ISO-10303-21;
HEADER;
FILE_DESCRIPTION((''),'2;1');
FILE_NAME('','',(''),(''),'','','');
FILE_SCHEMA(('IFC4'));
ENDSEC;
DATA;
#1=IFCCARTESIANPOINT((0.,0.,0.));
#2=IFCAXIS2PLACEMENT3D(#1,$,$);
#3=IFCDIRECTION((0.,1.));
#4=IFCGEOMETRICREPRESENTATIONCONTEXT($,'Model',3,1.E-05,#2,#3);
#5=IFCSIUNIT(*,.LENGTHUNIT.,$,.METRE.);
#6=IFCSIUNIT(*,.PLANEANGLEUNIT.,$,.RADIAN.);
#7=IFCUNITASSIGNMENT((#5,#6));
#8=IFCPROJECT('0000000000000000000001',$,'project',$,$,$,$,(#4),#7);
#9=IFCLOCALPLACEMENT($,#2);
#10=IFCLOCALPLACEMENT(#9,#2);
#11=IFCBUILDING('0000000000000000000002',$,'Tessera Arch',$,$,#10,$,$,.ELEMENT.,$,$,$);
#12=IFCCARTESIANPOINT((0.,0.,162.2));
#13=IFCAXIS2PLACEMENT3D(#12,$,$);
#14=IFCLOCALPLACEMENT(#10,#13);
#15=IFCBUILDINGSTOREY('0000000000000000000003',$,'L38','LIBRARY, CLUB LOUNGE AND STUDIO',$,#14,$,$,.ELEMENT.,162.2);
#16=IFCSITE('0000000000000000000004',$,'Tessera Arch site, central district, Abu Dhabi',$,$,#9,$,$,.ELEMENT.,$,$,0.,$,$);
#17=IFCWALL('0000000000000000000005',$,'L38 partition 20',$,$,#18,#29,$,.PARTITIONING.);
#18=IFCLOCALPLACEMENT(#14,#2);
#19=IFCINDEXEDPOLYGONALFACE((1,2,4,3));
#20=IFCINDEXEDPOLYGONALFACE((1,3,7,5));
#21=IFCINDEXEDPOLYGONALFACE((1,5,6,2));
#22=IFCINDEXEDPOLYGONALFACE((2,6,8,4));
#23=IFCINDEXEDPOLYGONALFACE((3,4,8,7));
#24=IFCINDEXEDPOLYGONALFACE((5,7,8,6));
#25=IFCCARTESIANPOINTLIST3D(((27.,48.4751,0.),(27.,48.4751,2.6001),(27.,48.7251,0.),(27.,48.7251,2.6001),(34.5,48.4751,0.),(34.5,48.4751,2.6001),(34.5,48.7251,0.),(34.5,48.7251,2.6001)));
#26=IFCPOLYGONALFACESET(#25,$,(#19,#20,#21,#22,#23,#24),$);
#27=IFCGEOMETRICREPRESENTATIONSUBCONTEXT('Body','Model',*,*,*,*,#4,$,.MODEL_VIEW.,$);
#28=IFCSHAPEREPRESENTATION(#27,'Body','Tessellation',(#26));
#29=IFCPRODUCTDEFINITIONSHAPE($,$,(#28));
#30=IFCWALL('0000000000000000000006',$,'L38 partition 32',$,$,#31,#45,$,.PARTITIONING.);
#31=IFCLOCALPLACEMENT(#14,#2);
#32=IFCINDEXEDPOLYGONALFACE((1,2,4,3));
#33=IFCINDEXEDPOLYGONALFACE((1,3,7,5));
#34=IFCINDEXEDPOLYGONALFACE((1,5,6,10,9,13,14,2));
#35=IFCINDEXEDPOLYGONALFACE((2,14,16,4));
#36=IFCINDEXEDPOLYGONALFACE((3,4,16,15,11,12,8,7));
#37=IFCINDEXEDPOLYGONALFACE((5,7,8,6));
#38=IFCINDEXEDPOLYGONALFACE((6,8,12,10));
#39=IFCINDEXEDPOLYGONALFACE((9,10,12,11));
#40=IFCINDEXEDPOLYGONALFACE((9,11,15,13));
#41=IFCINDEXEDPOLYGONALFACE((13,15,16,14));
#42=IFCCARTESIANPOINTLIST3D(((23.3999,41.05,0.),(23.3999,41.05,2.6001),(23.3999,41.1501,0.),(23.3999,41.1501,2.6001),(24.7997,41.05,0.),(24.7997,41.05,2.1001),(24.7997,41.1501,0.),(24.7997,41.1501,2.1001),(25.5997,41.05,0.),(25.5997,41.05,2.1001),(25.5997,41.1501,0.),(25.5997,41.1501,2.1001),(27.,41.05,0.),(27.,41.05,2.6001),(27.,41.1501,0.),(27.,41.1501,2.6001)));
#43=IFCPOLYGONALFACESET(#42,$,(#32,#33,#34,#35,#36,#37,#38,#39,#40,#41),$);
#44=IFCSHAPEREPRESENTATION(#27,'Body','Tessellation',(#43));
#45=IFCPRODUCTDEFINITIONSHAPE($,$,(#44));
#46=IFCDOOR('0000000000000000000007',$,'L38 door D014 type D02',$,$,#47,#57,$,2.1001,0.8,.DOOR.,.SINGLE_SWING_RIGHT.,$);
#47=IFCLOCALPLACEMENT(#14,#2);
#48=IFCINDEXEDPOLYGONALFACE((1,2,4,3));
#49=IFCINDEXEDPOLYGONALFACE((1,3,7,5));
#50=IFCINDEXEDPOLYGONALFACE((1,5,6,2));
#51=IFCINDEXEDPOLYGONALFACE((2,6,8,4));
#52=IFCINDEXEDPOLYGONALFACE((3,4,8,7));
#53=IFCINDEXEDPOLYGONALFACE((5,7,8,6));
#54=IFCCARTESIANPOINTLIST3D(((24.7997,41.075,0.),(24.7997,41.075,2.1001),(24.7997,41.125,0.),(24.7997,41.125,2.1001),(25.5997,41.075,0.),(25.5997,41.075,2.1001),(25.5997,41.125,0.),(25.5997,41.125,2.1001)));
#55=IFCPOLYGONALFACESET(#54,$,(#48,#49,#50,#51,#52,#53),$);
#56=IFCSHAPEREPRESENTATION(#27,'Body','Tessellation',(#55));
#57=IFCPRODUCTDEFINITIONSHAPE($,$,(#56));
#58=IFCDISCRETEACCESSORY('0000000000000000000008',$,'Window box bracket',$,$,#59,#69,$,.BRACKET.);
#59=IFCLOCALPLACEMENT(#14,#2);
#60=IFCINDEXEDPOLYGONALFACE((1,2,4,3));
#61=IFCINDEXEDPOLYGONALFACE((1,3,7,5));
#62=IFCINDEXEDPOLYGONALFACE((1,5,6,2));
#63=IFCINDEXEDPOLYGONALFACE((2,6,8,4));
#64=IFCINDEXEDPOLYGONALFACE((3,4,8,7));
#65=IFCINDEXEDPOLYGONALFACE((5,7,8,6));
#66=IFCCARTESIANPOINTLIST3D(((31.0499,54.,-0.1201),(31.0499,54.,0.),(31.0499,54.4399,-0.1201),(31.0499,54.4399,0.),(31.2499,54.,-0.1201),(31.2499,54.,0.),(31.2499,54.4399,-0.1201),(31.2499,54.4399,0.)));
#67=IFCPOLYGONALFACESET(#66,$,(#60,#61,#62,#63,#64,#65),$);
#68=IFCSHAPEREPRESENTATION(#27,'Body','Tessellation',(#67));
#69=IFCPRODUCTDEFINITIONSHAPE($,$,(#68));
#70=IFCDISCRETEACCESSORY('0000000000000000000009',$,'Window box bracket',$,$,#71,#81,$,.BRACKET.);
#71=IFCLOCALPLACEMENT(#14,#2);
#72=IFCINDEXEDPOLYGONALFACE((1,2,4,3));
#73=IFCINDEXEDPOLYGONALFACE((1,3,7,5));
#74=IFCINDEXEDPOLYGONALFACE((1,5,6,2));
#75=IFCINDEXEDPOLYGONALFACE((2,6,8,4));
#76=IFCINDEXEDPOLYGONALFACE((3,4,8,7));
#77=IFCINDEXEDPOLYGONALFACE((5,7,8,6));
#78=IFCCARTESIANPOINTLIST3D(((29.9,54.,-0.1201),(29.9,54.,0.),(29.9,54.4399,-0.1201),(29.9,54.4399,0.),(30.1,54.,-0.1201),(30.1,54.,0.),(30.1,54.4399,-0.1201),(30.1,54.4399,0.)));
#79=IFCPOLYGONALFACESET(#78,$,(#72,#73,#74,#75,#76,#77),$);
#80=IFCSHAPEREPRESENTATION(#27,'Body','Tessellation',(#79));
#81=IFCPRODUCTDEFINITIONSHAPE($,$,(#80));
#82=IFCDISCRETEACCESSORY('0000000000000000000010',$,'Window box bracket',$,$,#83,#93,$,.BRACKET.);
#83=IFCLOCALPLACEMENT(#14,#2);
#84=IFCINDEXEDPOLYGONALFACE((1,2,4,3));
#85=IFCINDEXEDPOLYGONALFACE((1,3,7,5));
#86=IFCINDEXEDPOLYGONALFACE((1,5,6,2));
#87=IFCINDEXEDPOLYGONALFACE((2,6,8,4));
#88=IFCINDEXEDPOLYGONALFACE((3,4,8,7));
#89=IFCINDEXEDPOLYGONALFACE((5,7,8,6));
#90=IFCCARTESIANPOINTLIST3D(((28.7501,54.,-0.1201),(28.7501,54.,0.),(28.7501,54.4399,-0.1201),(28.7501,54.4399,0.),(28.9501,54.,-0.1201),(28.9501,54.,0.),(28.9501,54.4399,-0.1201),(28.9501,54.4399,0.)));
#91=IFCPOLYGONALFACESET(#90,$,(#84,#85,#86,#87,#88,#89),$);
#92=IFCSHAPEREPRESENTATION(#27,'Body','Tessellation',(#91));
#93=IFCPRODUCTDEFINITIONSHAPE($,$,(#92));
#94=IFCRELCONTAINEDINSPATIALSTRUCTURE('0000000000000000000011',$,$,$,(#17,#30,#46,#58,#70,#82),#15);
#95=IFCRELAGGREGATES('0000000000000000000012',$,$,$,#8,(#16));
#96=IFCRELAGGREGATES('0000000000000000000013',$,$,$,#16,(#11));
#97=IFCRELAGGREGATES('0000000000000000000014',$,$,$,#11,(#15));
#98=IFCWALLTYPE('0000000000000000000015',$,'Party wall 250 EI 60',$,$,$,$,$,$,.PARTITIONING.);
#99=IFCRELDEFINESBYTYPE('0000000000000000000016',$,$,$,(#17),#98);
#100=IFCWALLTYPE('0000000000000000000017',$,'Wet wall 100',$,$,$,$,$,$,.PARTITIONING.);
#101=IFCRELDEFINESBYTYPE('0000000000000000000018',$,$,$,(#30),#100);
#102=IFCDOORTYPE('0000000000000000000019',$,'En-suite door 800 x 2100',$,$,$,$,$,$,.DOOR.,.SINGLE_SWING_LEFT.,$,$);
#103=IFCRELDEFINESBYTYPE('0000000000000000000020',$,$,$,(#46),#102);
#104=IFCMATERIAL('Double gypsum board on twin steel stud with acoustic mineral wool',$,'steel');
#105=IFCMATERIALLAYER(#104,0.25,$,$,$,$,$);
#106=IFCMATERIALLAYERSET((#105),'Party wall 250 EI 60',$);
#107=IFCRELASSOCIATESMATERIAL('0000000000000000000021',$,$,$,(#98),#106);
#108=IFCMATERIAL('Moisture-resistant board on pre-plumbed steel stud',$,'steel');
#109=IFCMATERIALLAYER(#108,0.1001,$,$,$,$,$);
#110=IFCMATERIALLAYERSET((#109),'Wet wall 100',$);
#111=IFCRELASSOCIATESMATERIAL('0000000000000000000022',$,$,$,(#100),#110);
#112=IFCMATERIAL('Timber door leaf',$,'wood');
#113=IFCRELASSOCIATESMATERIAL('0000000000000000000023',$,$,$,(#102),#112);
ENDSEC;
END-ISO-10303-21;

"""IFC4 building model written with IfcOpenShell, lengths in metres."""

from ifc_helpers import new_model, si_unit, direction, frame, frame_2d, origin, origin_2d, place, context, subcontext, project, spatial, rectangle, extrude, material, layer, layer_set, type_object, element, fill, save


model = new_model("IFC4")

# Units and contexts
model_context = context("Model", 3, precision=1e-05, world=origin(), true_north=direction((0.0, 1.0)))
body_context = subcontext(model_context, "Body", "Model", "MODEL_VIEW")
ifc_project = project(units=[si_unit("LENGTHUNIT", "METRE"), si_unit("PLANEANGLEUNIT", "RADIAN")], contexts=[model_context])

# Site, building, storey
site_placement = place(None, origin())
site = spatial("IfcSite", under=ifc_project, at=site_placement, Name="Tessera Arch site, central district, Abu Dhabi", CompositionType="ELEMENT", RefElevation=0.0)
building_placement = place(site_placement, origin())
building = spatial("IfcBuilding", under=site, at=building_placement, Name="Tessera Arch", CompositionType="ELEMENT")
storey_placement = place(building_placement, frame((0.0, 0.0, 162.2)))
storey = spatial("IfcBuildingStorey", under=building, at=storey_placement, Name="L38", Description="LIBRARY, CLUB LOUNGE AND STUDIO", CompositionType="ELEMENT", Elevation=162.2)

# Wall
ifc_material_1 = material(Name="Double gypsum board on twin steel stud with acoustic mineral wool", Category="steel")
ifc_layer_1 = layer(ifc_material_1, 0.25)
ifc_layer_set_1 = layer_set([ifc_layer_1], Name="Party wall 250 EI 60")
wall_type_1 = type_object("IfcWallType", Name="Party wall 250 EI 60", PredefinedType="PARTITIONING", material=ifc_layer_set_1)
wall_1_placement = place(storey_placement, frame((27.0, 48.6001, 0.0), z_axis=(0.0, 0.0, 1.0), x_axis=(1.0, 0.0, 0.0)))
element("IfcWall", 1, at=wall_1_placement, inside=storey, type_object=wall_type_1, Name="L38 partition 20", PredefinedType="PARTITIONING", context=body_context, shape_type="SweptSolid", body=[
    extrude(rectangle(XDim=7.5, YDim=0.25, at=frame_2d((3.75, 0.0))), origin(), (0.0, 0.0, 1.0), 2.6001),
])

# Wall, opening, door
ifc_material_2 = material(Name="Moisture-resistant board on pre-plumbed steel stud", Category="steel")
ifc_layer_2 = layer(ifc_material_2, 0.1001)
ifc_layer_set_2 = layer_set([ifc_layer_2], Name="Wet wall 100")
wall_type_2 = type_object("IfcWallType", Name="Wet wall 100", PredefinedType="PARTITIONING", material=ifc_layer_set_2)
wall_2_placement = place(storey_placement, frame((23.3999, 41.1001, 0.0), z_axis=(0.0, 0.0, 1.0), x_axis=(1.0, 0.0, 0.0)))
wall_2 = element("IfcWall", 2, at=wall_2_placement, inside=storey, type_object=wall_type_2, Name="L38 partition 32", PredefinedType="PARTITIONING", context=body_context, shape_type="SweptSolid", body=[
    extrude(rectangle(XDim=3.6001, YDim=0.1001, at=frame_2d((1.8, 0.0))), origin(), (0.0, 0.0, 1.0), 2.6001),
])
opening_placement = place(wall_2_placement, frame((1.3999, 0.0, 0.0)))
opening = element("IfcOpeningElement", 3, at=opening_placement, cuts=wall_2, PredefinedType="OPENING", context=body_context, shape_type="SweptSolid", body=[
    extrude(rectangle(XDim=0.8, YDim=2.1001, at=frame_2d((0.3999, 1.05))), frame((0.0, 0.0601, 0.0), z_axis=(0.0, -1.0, 0.0), x_axis=(1.0, 0.0, 0.0)), (0.0, 0.0, 1.0), 0.1201),
])
ifc_material_3 = material(Name="Timber door leaf", Category="wood")
door_type = type_object("IfcDoorType", Name="En-suite door 800 x 2100", OperationType="SINGLE_SWING_LEFT", PredefinedType="DOOR", material=ifc_material_3)
door_placement = place(opening_placement, origin())
door = element("IfcDoor", 4, at=door_placement, inside=storey, type_object=door_type, Name="L38 door D014 type D02", OperationType="SINGLE_SWING_RIGHT", OverallHeight=2.1001, OverallWidth=0.8, PredefinedType="DOOR", context=body_context, shape_type="SweptSolid", body=[
    extrude(rectangle(XDim=0.8, YDim=2.1001, at=frame_2d((0.3999, 1.05))), frame((0.0, 0.0249, 0.0), z_axis=(0.0, -1.0, 0.0), x_axis=(1.0, 0.0, 0.0)), (0.0, 0.0, 1.0), 0.05),
])
fill(opening, door)

# Discrete accessories
for number, where, z_axis, x_axis, name in (
    (5, (31.1499, 54.22, -0.1201), (0.0, 0.0, 1.0), (0.0, 1.0, 0.0), "Window box bracket"),
    (6, (30.0, 54.22, -0.1201), (0.0, 0.0, 1.0), (0.0, 1.0, 0.0), "Window box bracket"),
    (7, (28.8501, 54.22, -0.1201), (0.0, 0.0, 1.0), (0.0, 1.0, 0.0), "Window box bracket"),
):
    element("IfcDiscreteAccessory", number, at=place(storey_placement, frame(where, z_axis=z_axis, x_axis=x_axis)), inside=storey, Name=name, PredefinedType="BRACKET", context=body_context, shape_type="SweptSolid", body=[
        extrude(rectangle(XDim=0.4399, YDim=0.2, at=origin_2d()), origin(), (0.0, 0.0, 1.0), 0.1201),
    ])

save(model, "model.ifc")
